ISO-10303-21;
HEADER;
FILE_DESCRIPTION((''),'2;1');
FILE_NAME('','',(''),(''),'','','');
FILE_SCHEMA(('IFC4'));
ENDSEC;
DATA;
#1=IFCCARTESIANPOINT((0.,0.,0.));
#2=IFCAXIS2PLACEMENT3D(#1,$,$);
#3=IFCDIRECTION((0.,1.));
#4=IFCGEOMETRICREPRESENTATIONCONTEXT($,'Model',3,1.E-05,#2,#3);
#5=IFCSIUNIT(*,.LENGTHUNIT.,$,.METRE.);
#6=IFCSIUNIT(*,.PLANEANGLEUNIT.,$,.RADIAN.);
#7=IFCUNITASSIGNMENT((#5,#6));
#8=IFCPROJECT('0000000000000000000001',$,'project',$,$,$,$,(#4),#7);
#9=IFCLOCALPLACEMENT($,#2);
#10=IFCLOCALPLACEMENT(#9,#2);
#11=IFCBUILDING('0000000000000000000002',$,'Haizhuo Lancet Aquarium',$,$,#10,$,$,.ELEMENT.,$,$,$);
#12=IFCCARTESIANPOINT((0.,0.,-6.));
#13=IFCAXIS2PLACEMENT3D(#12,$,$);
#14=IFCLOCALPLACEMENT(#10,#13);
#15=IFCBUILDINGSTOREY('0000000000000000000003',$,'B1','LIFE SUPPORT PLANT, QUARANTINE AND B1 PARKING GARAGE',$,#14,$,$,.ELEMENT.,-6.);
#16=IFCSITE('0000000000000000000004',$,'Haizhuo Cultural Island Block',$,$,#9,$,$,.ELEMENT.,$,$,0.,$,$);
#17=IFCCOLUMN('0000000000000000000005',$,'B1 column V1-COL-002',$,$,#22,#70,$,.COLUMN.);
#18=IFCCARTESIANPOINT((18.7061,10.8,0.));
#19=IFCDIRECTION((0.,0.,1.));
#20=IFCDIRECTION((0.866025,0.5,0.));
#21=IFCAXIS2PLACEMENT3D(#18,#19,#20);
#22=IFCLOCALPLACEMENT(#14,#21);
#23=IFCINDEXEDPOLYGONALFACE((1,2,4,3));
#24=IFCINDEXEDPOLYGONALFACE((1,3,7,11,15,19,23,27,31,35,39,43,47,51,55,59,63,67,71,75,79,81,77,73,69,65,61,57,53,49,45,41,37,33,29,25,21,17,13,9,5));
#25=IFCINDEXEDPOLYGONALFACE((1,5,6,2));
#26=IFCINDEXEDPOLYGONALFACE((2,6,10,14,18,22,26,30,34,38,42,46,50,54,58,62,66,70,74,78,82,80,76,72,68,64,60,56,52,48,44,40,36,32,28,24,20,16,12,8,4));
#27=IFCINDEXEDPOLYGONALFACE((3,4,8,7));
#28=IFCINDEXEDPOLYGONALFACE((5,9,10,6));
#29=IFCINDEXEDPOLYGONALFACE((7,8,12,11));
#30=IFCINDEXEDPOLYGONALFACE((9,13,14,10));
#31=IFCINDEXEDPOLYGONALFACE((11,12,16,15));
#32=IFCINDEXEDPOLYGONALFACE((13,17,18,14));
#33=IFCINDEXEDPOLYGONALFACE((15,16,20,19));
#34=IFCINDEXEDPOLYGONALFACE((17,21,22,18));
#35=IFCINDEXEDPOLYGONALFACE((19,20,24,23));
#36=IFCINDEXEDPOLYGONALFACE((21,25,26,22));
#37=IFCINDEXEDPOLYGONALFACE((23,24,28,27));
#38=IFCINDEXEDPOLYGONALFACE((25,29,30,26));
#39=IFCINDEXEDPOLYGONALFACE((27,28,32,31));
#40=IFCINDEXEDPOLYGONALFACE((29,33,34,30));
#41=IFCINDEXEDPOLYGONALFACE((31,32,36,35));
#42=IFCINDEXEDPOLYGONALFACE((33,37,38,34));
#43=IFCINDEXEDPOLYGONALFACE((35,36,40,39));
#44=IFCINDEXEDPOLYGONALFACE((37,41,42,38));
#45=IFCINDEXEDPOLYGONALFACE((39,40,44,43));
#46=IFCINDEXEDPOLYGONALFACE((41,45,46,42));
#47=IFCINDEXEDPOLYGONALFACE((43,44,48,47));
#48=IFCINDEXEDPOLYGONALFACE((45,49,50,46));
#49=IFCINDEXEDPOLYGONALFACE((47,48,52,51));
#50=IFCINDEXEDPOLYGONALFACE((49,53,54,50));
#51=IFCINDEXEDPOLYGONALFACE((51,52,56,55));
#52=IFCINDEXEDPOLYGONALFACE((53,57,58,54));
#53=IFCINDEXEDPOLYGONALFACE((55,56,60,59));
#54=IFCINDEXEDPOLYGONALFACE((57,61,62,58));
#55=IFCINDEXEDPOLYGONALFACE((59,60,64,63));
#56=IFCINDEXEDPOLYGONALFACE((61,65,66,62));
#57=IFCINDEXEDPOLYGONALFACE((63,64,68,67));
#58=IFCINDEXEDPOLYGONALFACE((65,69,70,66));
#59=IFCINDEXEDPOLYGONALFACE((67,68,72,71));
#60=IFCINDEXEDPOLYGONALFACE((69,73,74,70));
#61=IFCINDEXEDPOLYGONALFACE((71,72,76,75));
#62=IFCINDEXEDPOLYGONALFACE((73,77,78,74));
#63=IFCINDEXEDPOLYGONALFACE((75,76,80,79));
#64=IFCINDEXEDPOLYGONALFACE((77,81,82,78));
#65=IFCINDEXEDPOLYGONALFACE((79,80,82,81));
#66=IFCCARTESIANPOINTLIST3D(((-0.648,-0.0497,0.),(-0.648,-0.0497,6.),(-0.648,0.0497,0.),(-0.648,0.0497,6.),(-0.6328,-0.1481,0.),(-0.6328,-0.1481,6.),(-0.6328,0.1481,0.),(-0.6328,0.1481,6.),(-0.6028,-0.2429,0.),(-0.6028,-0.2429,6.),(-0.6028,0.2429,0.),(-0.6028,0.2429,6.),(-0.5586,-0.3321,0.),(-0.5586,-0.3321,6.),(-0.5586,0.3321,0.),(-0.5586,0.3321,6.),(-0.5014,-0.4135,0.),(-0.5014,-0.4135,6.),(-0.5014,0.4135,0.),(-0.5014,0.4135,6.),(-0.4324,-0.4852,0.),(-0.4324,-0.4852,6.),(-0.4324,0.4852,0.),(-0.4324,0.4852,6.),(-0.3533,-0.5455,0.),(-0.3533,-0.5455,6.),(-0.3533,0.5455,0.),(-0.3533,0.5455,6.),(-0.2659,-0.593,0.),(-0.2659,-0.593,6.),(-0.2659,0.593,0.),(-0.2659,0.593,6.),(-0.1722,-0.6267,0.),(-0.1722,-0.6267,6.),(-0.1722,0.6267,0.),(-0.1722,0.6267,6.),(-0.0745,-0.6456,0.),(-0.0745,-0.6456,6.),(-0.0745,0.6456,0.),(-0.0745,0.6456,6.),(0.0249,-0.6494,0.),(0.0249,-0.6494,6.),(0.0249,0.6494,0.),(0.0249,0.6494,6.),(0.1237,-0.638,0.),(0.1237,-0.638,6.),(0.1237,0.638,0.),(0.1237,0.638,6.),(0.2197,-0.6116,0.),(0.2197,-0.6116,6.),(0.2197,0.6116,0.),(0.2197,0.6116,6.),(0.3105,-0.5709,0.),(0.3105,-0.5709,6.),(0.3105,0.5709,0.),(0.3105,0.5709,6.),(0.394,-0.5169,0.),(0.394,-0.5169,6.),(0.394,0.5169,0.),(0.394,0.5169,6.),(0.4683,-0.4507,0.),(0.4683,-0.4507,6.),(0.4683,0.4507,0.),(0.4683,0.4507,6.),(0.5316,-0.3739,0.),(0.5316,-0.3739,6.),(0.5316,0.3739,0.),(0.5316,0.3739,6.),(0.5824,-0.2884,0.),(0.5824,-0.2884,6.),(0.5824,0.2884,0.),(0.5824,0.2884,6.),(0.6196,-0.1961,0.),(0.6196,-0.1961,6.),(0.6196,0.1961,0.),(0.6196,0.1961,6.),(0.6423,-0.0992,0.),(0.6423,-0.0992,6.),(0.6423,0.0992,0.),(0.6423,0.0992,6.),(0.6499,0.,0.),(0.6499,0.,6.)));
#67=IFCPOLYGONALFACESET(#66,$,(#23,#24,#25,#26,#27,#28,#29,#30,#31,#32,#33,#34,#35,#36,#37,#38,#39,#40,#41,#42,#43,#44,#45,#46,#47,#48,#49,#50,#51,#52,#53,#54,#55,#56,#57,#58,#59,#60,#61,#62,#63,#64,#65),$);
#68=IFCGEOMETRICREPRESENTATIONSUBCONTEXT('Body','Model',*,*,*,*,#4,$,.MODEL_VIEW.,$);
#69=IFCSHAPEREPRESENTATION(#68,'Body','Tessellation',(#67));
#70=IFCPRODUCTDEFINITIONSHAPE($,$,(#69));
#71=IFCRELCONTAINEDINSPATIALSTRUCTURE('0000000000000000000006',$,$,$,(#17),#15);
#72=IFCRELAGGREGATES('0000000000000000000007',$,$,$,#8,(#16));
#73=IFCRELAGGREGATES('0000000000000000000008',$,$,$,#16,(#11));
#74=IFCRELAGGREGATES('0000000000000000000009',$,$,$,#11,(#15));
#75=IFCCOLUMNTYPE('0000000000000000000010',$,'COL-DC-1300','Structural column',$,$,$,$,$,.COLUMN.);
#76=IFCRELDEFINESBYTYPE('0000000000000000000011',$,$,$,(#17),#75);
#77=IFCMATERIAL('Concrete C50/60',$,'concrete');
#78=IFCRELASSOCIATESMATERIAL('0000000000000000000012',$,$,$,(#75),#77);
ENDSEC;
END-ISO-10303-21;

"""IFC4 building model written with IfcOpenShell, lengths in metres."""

from ifc_helpers import new_model, si_unit, direction, frame, origin, origin_2d, place, context, subcontext, project, spatial, circle, extrude, material, material_profile, profile_set, type_object, element, save


model = new_model("IFC4")

# Units and contexts
model_context = context("Model", 3, precision=1e-05, world=origin(), true_north=direction((0.0, 1.0)))
body_context = subcontext(model_context, "Body", "Model", "MODEL_VIEW")
ifc_project = project(units=[si_unit("LENGTHUNIT", "METRE"), si_unit("PLANEANGLEUNIT", "RADIAN")], contexts=[model_context])

# Site, building, storey
site_placement = place(None, origin())
site = spatial("IfcSite", under=ifc_project, at=site_placement, Name="Haizhuo Cultural Island Block", CompositionType="ELEMENT", RefElevation=0.0)
building_placement = place(site_placement, origin())
building = spatial("IfcBuilding", under=site, at=building_placement, Name="Haizhuo Lancet Aquarium", CompositionType="ELEMENT")
storey_placement = place(building_placement, frame((0.0, 0.0, -6.0)))
storey = spatial("IfcBuildingStorey", under=building, at=storey_placement, Name="B1", Description="LIFE SUPPORT PLANT, QUARANTINE AND B1 PARKING GARAGE", CompositionType="ELEMENT", Elevation=-6.0)

# Column
ifc_material_1 = material(Name="Concrete C50/60", Category="concrete")
ifc_material_profile_1 = material_profile(ifc_material_1, circle(Radius=0.6499, at=origin_2d()), Name="RC-DC 1300")
ifc_profile_set_1 = profile_set([ifc_material_profile_1], Name="Concrete C50/60")
column_type_1 = type_object("IfcColumnType", Name="COL-DC-1300", Description="Structural column", PredefinedType="COLUMN", material=ifc_profile_set_1)
column_1_placement = place(storey_placement, frame((18.7061, 10.8, 0.0), z_axis=(0.0, 0.0, 1.0), x_axis=(0.866025, 0.5, 0.0)))
element("IfcColumn", 1, at=column_1_placement, inside=storey, type_object=column_type_1, Name="B1 column V1-COL-002", PredefinedType="COLUMN", context=body_context, shape_type="SweptSolid", body=[
    extrude(circle(Radius=0.6499, at=origin_2d()), origin(), (0.0, 0.0, 1.0), 6.0),
])

save(model, "model.ifc")
